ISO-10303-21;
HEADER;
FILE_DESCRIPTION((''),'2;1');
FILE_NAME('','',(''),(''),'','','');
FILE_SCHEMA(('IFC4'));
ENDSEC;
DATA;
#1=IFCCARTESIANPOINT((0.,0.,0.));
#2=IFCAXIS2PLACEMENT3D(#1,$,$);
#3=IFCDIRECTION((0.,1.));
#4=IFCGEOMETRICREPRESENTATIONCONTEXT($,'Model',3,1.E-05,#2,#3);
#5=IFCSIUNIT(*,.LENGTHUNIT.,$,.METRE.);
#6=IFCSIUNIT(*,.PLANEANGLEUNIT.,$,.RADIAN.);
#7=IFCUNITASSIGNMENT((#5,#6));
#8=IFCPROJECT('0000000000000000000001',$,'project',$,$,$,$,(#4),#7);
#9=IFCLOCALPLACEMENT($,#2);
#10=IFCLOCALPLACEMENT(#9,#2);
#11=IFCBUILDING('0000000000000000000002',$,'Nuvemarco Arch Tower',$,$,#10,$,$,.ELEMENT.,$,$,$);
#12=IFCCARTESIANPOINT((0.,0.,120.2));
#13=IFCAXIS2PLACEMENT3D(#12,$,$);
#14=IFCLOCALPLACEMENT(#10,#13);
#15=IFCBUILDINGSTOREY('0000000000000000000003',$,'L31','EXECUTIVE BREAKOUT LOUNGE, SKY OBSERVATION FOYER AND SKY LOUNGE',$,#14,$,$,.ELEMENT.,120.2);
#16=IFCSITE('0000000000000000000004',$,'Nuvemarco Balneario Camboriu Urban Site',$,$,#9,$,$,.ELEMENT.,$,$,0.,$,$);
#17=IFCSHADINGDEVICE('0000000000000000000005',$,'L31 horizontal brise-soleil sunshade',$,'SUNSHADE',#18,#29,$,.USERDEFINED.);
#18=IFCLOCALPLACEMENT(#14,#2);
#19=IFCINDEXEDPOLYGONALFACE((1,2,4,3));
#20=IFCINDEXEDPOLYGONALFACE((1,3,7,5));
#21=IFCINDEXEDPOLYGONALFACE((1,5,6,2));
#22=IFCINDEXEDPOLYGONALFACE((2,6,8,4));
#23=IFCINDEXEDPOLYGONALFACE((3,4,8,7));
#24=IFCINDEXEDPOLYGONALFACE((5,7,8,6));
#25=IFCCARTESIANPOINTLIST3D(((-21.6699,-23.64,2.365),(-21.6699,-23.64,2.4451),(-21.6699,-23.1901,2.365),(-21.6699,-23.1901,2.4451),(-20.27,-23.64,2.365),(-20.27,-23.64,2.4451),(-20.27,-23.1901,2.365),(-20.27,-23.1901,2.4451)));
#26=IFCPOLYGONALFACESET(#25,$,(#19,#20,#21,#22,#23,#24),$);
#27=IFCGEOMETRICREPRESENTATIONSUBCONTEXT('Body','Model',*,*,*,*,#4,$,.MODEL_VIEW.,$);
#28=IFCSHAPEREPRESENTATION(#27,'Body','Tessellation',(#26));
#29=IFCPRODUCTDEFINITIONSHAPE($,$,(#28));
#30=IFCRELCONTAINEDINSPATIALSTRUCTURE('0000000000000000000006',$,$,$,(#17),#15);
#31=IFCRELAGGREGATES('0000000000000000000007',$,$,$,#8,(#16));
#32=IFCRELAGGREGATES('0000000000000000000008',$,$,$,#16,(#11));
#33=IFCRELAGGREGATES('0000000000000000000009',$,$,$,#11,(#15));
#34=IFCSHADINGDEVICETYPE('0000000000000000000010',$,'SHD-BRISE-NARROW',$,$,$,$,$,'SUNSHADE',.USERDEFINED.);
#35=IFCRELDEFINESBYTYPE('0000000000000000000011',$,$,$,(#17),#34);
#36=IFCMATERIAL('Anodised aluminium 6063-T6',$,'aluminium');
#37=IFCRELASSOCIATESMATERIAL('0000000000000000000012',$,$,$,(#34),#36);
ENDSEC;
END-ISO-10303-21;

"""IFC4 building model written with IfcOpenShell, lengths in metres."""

from ifc_helpers import new_model, si_unit, direction, frame, origin, origin_2d, place, context, subcontext, project, spatial, rectangle, extrude, source, transform, mapped, material, type_object, type_shapes, element, save


model = new_model("IFC4")

# Units and contexts
model_context = context("Model", 3, precision=1e-05, world=origin(), true_north=direction((0.0, 1.0)))
body_context = subcontext(model_context, "Body", "Model", "MODEL_VIEW")
ifc_project = project(units=[si_unit("LENGTHUNIT", "METRE"), si_unit("PLANEANGLEUNIT", "RADIAN")], contexts=[model_context])

# Site, building, storey
site_placement = place(None, origin())
site = spatial("IfcSite", under=ifc_project, at=site_placement, Name="Nuvemarco Balneario Camboriu Urban Site", CompositionType="ELEMENT", RefElevation=0.0)
building_placement = place(site_placement, origin())
building = spatial("IfcBuilding", under=site, at=building_placement, Name="Nuvemarco Arch Tower", CompositionType="ELEMENT")
storey_placement = place(building_placement, frame((0.0, 0.0, 120.2)))
storey = spatial("IfcBuildingStorey", under=building, at=storey_placement, Name="L31", Description="EXECUTIVE BREAKOUT LOUNGE, SKY OBSERVATION FOYER AND SKY LOUNGE", CompositionType="ELEMENT", Elevation=120.2)

# Shading device
ifc_material_1 = material(Name="Anodised aluminium 6063-T6", Category="aluminium")
shading_device_type = type_object("IfcShadingDeviceType", Name="SHD-BRISE-NARROW", ElementType="SUNSHADE", PredefinedType="USERDEFINED", material=ifc_material_1)
shared_shape_1 = source(origin(), body_context, "Body", "SweptSolid", [
    extrude(rectangle(XDim=1.3999, YDim=0.45, at=origin_2d()), origin(), (0.0, 0.0, 1.0), 0.0801),
])
type_shapes(shading_device_type, [shared_shape_1])
shading_device_placement = place(storey_placement, frame((-20.97, -23.415, 2.365), z_axis=(0.0, 0.0, 1.0), x_axis=(1.0, 0.0, 0.0)))
element("IfcShadingDevice", 1, at=shading_device_placement, inside=storey, type_object=shading_device_type, Name="L31 horizontal brise-soleil sunshade", ObjectType="SUNSHADE", PredefinedType="USERDEFINED", context=body_context, shape_type="MappedRepresentation", body=[
    mapped(shared_shape_1, transform((0.0, 0.0, 0.0), scale=1.0)),
])

save(model, "model.ifc")
